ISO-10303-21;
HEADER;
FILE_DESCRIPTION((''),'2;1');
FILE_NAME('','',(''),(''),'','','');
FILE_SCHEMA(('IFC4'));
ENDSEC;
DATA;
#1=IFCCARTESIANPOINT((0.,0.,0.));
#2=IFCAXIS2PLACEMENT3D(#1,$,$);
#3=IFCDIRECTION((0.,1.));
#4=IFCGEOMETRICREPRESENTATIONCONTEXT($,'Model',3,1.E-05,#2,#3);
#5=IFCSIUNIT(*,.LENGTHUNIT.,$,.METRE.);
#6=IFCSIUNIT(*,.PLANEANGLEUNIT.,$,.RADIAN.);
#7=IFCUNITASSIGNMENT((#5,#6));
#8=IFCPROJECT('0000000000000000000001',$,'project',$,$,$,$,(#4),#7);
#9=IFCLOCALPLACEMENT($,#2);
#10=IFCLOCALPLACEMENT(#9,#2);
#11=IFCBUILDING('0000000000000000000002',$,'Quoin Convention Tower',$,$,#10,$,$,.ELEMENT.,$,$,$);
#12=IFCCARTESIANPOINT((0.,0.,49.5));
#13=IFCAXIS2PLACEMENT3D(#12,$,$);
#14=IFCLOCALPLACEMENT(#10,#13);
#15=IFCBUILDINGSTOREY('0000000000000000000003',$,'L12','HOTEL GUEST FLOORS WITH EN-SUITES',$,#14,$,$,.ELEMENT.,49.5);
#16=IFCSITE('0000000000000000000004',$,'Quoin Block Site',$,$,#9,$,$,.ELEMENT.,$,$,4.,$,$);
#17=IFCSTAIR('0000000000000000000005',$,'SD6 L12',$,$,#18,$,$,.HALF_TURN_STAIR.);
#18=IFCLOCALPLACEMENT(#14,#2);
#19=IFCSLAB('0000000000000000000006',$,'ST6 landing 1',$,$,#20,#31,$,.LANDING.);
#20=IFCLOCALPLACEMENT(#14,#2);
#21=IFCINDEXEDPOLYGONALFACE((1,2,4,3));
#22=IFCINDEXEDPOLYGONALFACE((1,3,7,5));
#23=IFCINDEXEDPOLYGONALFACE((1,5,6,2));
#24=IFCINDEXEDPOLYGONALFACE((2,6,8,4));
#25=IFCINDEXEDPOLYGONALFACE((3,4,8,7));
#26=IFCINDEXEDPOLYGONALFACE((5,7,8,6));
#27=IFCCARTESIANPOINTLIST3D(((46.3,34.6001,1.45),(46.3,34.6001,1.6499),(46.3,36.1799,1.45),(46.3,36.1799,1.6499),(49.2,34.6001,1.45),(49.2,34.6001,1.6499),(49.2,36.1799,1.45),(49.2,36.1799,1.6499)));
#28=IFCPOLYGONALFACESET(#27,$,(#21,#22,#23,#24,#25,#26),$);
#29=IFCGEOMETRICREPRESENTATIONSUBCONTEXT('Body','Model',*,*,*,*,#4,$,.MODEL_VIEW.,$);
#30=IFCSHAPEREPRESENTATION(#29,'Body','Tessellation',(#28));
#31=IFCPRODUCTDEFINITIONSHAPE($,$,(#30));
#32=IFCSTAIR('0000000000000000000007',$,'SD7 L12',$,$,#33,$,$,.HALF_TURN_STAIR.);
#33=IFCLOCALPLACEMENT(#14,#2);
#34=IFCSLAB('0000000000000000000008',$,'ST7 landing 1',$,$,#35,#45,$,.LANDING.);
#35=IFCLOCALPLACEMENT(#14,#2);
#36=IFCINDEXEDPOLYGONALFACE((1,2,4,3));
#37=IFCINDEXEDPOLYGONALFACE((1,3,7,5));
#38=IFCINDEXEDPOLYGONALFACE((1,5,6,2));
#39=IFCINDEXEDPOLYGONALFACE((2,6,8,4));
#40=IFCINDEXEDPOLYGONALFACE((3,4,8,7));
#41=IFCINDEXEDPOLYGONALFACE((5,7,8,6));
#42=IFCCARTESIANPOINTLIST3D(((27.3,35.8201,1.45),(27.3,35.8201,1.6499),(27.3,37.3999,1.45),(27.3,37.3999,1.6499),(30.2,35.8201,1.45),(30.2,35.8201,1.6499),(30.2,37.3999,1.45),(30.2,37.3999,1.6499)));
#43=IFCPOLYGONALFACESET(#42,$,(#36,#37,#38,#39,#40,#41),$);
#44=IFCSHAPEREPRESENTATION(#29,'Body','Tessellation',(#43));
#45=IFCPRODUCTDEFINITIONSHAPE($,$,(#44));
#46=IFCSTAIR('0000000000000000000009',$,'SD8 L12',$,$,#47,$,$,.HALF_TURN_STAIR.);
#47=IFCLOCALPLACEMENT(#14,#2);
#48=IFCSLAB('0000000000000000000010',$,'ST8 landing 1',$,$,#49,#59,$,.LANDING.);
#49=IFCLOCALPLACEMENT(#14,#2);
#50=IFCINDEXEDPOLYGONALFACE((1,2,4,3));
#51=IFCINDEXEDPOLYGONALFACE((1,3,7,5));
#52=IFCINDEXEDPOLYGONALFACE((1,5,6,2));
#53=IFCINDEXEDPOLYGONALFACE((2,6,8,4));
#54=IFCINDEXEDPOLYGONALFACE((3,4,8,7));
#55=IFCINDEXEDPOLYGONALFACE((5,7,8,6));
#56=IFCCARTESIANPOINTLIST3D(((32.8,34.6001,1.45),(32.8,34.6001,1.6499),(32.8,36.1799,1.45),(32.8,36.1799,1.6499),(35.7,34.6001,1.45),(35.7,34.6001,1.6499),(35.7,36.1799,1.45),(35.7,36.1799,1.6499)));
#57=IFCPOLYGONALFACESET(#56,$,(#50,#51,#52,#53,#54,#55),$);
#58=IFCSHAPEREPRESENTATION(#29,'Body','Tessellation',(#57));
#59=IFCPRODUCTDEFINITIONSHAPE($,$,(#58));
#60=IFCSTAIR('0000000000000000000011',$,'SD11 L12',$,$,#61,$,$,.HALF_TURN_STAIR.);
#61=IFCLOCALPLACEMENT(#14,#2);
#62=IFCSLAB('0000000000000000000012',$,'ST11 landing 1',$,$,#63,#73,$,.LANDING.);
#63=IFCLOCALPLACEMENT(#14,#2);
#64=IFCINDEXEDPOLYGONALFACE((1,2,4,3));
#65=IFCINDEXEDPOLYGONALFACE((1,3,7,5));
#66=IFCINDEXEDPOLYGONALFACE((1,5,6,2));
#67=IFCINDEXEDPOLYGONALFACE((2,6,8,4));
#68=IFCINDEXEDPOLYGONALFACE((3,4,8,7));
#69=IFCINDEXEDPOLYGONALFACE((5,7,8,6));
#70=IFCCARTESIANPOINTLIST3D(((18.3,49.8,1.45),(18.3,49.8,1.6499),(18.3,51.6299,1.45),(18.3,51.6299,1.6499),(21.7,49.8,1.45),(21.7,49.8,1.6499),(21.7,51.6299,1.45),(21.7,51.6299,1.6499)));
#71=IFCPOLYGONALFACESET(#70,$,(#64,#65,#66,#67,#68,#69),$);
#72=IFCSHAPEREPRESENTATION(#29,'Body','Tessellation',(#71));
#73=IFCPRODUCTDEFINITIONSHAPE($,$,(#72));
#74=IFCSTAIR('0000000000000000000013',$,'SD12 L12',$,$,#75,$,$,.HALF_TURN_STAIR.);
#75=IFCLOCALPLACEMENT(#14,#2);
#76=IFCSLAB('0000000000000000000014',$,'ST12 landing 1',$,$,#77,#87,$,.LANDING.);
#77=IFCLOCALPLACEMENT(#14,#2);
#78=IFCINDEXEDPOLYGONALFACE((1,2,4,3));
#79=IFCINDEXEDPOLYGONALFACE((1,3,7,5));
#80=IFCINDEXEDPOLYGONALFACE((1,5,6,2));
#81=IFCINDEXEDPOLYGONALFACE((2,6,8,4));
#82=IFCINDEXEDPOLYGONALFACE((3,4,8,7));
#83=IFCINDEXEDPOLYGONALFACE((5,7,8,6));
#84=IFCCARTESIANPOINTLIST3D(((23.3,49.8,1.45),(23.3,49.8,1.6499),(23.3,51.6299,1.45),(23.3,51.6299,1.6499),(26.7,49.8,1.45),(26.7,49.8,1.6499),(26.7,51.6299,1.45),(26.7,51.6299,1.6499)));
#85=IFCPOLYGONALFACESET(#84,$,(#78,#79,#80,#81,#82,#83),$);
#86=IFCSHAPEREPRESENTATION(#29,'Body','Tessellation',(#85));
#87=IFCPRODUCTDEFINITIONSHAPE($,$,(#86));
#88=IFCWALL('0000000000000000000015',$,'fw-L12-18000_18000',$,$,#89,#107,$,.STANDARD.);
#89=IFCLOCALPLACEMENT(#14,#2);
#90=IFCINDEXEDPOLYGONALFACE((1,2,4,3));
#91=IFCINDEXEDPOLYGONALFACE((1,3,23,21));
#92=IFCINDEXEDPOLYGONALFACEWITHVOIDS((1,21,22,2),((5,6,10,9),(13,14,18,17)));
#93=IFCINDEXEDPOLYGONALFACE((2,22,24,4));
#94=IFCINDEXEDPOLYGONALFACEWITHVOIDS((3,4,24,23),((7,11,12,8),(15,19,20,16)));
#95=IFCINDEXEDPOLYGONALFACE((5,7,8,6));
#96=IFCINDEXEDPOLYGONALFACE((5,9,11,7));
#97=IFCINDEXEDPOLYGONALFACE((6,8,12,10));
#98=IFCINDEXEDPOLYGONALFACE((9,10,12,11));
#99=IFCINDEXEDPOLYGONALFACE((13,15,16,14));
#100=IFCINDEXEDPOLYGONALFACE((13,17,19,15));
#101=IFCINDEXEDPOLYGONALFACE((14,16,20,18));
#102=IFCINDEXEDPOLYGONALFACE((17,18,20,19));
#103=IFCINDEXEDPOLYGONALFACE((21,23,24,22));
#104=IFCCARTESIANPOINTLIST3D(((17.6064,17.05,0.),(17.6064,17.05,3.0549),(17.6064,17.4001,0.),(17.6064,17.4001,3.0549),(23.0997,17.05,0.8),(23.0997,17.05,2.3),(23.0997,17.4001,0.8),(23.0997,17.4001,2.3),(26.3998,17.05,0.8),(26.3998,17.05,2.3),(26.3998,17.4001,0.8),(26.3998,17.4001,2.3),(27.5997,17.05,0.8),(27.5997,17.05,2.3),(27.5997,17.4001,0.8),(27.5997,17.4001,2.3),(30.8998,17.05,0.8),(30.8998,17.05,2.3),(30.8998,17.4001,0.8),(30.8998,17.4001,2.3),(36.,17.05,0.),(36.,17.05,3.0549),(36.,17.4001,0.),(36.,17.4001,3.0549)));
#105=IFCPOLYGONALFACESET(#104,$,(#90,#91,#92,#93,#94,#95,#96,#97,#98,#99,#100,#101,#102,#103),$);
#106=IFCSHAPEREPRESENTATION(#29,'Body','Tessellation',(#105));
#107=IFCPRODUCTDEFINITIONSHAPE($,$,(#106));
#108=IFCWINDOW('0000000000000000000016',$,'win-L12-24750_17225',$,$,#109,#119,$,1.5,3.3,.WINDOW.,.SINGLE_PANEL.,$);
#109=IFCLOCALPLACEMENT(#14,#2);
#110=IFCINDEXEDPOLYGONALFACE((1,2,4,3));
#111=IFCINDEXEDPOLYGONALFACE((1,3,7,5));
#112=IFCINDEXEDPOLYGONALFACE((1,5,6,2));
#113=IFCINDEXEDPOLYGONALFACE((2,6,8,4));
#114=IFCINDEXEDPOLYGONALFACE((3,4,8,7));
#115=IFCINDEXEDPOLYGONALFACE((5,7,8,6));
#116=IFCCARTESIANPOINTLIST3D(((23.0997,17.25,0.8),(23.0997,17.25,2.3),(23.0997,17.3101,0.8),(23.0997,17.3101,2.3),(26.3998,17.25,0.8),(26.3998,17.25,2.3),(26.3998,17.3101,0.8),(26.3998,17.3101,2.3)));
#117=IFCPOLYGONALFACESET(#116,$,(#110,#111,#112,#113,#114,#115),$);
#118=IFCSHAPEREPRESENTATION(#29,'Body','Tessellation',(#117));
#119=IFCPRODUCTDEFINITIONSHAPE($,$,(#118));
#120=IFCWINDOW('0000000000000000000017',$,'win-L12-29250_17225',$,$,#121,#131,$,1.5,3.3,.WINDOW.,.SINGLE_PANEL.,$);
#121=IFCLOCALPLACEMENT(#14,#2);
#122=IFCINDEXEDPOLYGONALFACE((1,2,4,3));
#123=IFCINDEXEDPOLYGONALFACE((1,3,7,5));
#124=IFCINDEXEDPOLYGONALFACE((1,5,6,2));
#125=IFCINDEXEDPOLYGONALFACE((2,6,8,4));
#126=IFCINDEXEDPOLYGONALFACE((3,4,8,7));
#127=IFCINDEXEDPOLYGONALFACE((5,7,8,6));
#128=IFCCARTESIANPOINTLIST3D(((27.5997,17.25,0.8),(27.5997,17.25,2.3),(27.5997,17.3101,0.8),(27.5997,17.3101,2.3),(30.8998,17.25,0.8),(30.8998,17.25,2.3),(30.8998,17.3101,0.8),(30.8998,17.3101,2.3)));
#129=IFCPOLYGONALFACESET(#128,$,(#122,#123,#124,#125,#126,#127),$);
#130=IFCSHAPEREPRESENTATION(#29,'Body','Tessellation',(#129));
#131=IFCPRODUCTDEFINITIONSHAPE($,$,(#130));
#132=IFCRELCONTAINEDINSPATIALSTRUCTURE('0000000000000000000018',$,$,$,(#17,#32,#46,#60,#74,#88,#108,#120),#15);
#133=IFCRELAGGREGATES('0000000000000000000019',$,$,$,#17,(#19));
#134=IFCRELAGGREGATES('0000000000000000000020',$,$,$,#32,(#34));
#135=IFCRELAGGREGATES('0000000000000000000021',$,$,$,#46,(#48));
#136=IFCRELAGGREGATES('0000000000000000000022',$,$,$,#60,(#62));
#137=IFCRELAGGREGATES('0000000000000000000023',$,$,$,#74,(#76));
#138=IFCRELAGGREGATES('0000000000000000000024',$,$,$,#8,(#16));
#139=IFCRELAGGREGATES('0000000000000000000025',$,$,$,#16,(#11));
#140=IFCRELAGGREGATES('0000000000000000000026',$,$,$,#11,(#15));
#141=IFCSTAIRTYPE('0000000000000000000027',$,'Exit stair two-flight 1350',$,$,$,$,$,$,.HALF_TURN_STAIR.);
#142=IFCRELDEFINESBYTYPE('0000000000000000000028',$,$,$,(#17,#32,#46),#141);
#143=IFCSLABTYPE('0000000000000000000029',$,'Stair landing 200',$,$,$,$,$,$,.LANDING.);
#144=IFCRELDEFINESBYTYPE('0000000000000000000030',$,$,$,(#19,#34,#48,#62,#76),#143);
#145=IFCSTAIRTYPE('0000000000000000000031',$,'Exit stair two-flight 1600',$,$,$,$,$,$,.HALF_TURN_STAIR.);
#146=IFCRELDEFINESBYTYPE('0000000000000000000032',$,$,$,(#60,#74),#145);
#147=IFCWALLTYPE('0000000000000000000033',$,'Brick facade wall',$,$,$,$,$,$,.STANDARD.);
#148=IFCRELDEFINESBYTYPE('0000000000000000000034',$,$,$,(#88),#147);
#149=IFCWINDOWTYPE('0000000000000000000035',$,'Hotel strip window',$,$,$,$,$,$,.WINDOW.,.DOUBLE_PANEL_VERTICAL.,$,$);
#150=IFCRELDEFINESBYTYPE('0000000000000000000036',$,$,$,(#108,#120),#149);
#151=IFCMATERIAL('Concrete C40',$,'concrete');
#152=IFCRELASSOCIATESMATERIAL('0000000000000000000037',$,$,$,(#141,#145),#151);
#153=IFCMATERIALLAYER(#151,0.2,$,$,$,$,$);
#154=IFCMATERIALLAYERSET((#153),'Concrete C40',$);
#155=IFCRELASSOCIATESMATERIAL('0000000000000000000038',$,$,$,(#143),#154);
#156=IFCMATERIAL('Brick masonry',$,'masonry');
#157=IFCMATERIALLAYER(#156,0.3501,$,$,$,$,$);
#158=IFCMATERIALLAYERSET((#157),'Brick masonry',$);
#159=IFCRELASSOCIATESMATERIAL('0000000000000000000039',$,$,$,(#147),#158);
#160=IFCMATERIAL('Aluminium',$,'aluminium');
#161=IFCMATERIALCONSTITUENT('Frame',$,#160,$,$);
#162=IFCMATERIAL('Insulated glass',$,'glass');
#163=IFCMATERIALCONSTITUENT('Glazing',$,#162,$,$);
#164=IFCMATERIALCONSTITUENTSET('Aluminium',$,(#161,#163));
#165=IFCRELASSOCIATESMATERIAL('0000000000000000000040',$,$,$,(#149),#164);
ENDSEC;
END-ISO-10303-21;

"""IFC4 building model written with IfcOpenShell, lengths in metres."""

from ifc_helpers import new_model, si_unit, direction, frame, frame_2d, origin, place, context, subcontext, project, spatial, polyline, rectangle, outline, extrude, material, layer, layer_set, constituent, constituent_set, type_object, element, fill, aggregate, save


model = new_model("IFC4")

# Units and contexts
model_context = context("Model", 3, precision=1e-05, world=origin(), true_north=direction((0.0, 1.0)))
body_context = subcontext(model_context, "Body", "Model", "MODEL_VIEW")
ifc_project = project(units=[si_unit("LENGTHUNIT", "METRE"), si_unit("PLANEANGLEUNIT", "RADIAN")], contexts=[model_context])

# Site, building, storey
site_placement = place(None, origin())
site = spatial("IfcSite", under=ifc_project, at=site_placement, Name="Quoin Block Site", CompositionType="ELEMENT", RefElevation=4.0)
building_placement = place(site_placement, origin())
building = spatial("IfcBuilding", under=site, at=building_placement, Name="Quoin Convention Tower", CompositionType="ELEMENT")
storey_placement = place(building_placement, frame((0.0, 0.0, 49.5)))
storey = spatial("IfcBuildingStorey", under=building, at=storey_placement, Name="L12", Description="HOTEL GUEST FLOORS WITH EN-SUITES", CompositionType="ELEMENT", Elevation=49.5)

# Stairs, slabs
ifc_material_1 = material(Name="Concrete C40", Category="concrete")
stair_type_1 = type_object("IfcStairType", Name="Exit stair two-flight 1350", PredefinedType="HALF_TURN_STAIR", material=ifc_material_1)
ifc_layer_1 = layer(ifc_material_1, 0.2)
ifc_layer_set_1 = layer_set([ifc_layer_1], Name="Concrete C40")
slab_type_1 = type_object("IfcSlabType", Name="Stair landing 200", PredefinedType="LANDING", material=ifc_layer_set_1)
stair_1_placement = place(storey_placement, origin())
stair_1 = element("IfcStair", 1, at=stair_1_placement, inside=storey, type_object=stair_type_1, Name="SD6 L12", PredefinedType="HALF_TURN_STAIR")
slab_1_placement = place(storey_placement, frame((0.0, 0.0, 1.45)))
slab_1 = element("IfcSlab", 2, at=slab_1_placement, type_object=slab_type_1, Name="ST6 landing 1", PredefinedType="LANDING", context=body_context, shape_type="SweptSolid", body=[
    extrude(outline(polyline([(49.2, 36.1799), (46.3, 36.1799), (46.3, 34.6001), (49.2, 34.6001), (49.2, 36.1799)])), origin(), (0.0, 0.0, 1.0), 0.2),
])
aggregate(stair_1, [slab_1])
stair_2_placement = place(storey_placement, origin())
stair_2 = element("IfcStair", 3, at=stair_2_placement, inside=storey, type_object=stair_type_1, Name="SD7 L12", PredefinedType="HALF_TURN_STAIR")
slab_2_placement = place(storey_placement, frame((0.0, 0.0, 1.45)))
slab_2 = element("IfcSlab", 4, at=slab_2_placement, type_object=slab_type_1, Name="ST7 landing 1", PredefinedType="LANDING", context=body_context, shape_type="SweptSolid", body=[
    extrude(outline(polyline([(27.3, 35.8201), (30.2, 35.8201), (30.2, 37.3999), (27.3, 37.3999), (27.3, 35.8201)])), origin(), (0.0, 0.0, 1.0), 0.2),
])
aggregate(stair_2, [slab_2])
stair_3_placement = place(storey_placement, origin())
stair_3 = element("IfcStair", 5, at=stair_3_placement, inside=storey, type_object=stair_type_1, Name="SD8 L12", PredefinedType="HALF_TURN_STAIR")
slab_3_placement = place(storey_placement, frame((0.0, 0.0, 1.45)))
slab_3 = element("IfcSlab", 6, at=slab_3_placement, type_object=slab_type_1, Name="ST8 landing 1", PredefinedType="LANDING", context=body_context, shape_type="SweptSolid", body=[
    extrude(outline(polyline([(35.7, 36.1799), (32.8, 36.1799), (32.8, 34.6001), (35.7, 34.6001), (35.7, 36.1799)])), origin(), (0.0, 0.0, 1.0), 0.2),
])
aggregate(stair_3, [slab_3])
stair_type_2 = type_object("IfcStairType", Name="Exit stair two-flight 1600", PredefinedType="HALF_TURN_STAIR", material=ifc_material_1)
stair_4_placement = place(storey_placement, origin())
stair_4 = element("IfcStair", 7, at=stair_4_placement, inside=storey, type_object=stair_type_2, Name="SD11 L12", PredefinedType="HALF_TURN_STAIR")
slab_4_placement = place(storey_placement, frame((0.0, 0.0, 1.45)))
slab_4 = element("IfcSlab", 8, at=slab_4_placement, type_object=slab_type_1, Name="ST11 landing 1", PredefinedType="LANDING", context=body_context, shape_type="SweptSolid", body=[
    extrude(outline(polyline([(21.7, 51.6299), (18.3, 51.6299), (18.3, 49.8), (21.7, 49.8), (21.7, 51.6299)])), origin(), (0.0, 0.0, 1.0), 0.2),
])
aggregate(stair_4, [slab_4])
stair_5_placement = place(storey_placement, origin())
stair_5 = element("IfcStair", 9, at=stair_5_placement, inside=storey, type_object=stair_type_2, Name="SD12 L12", PredefinedType="HALF_TURN_STAIR")
slab_5_placement = place(storey_placement, frame((0.0, 0.0, 1.45)))
slab_5 = element("IfcSlab", 10, at=slab_5_placement, type_object=slab_type_1, Name="ST12 landing 1", PredefinedType="LANDING", context=body_context, shape_type="SweptSolid", body=[
    extrude(outline(polyline([(26.7, 51.6299), (23.3, 51.6299), (23.3, 49.8), (26.7, 49.8), (26.7, 51.6299)])), origin(), (0.0, 0.0, 1.0), 0.2),
])
aggregate(stair_5, [slab_5])

# Wall, openings, windows
ifc_material_2 = material(Name="Brick masonry", Category="masonry")
ifc_layer_2 = layer(ifc_material_2, 0.3501)
ifc_layer_set_2 = layer_set([ifc_layer_2], Name="Brick masonry")
wall_type = type_object("IfcWallType", Name="Brick facade wall", PredefinedType="STANDARD", material=ifc_layer_set_2)
wall_placement = place(storey_placement, frame((17.6064, 17.2251, 0.0), z_axis=(0.0, 0.0, 1.0), x_axis=(1.0, 0.0, 0.0)))
wall = element("IfcWall", 11, at=wall_placement, inside=storey, type_object=wall_type, Name="fw-L12-18000_18000", PredefinedType="STANDARD", context=body_context, shape_type="SweptSolid", body=[
    extrude(rectangle(XDim=18.3936, YDim=0.3501, at=frame_2d((9.1968, 0.0))), origin(), (0.0, 0.0, 1.0), 3.0549),
])
opening_1_placement = place(wall_placement, frame((5.4934, 0.0, 0.8)))
opening_1 = element("IfcOpeningElement", 12, at=opening_1_placement, cuts=wall, PredefinedType="OPENING", context=body_context, shape_type="SweptSolid", body=[
    extrude(rectangle(XDim=3.3, YDim=1.5, at=frame_2d((1.6499, 0.75))), frame((0.0, 0.1851, 0.0), z_axis=(0.0, -1.0, 0.0), x_axis=(1.0, 0.0, 0.0)), (0.0, 0.0, 1.0), 0.3701),
])
opening_2_placement = place(wall_placement, frame((9.9934, 0.0, 0.8)))
opening_2 = element("IfcOpeningElement", 13, at=opening_2_placement, cuts=wall, PredefinedType="OPENING", context=body_context, shape_type="SweptSolid", body=[
    extrude(rectangle(XDim=3.3, YDim=1.5, at=frame_2d((1.6499, 0.75))), frame((0.0, 0.1851, 0.0), z_axis=(0.0, -1.0, 0.0), x_axis=(1.0, 0.0, 0.0)), (0.0, 0.0, 1.0), 0.3701),
])
ifc_material_3 = material(Name="Aluminium", Category="aluminium")
ifc_constituent_1 = constituent(ifc_material_3, Name="Frame")
ifc_material_4 = material(Name="Insulated glass", Category="glass")
ifc_constituent_2 = constituent(ifc_material_4, Name="Glazing")
ifc_constituent_set = constituent_set(constituents=[ifc_constituent_1, ifc_constituent_2], Name="Aluminium")
window_type = type_object("IfcWindowType", Name="Hotel strip window", PartitioningType="DOUBLE_PANEL_VERTICAL", PredefinedType="WINDOW", material=ifc_constituent_set)
window_1_placement = place(opening_1_placement, origin())
window_1 = element("IfcWindow", 14, at=window_1_placement, inside=storey, type_object=window_type, Name="win-L12-24750_17225", OverallHeight=1.5, OverallWidth=3.3, PartitioningType="SINGLE_PANEL", PredefinedType="WINDOW", context=body_context, shape_type="SweptSolid", body=[
    extrude(rectangle(XDim=3.3, YDim=1.5, at=frame_2d((1.6499, 0.75))), frame((0.0, 0.085, 0.0), z_axis=(0.0, -1.0, 0.0), x_axis=(1.0, 0.0, 0.0)), (0.0, 0.0, 1.0), 0.0601),
])
fill(opening_1, window_1)
window_2_placement = place(opening_2_placement, origin())
window_2 = element("IfcWindow", 15, at=window_2_placement, inside=storey, type_object=window_type, Name="win-L12-29250_17225", OverallHeight=1.5, OverallWidth=3.3, PartitioningType="SINGLE_PANEL", PredefinedType="WINDOW", context=body_context, shape_type="SweptSolid", body=[
    extrude(rectangle(XDim=3.3, YDim=1.5, at=frame_2d((1.6499, 0.75))), frame((0.0, 0.085, 0.0), z_axis=(0.0, -1.0, 0.0), x_axis=(1.0, 0.0, 0.0)), (0.0, 0.0, 1.0), 0.0601),
])
fill(opening_2, window_2)

save(model, "model.ifc")
